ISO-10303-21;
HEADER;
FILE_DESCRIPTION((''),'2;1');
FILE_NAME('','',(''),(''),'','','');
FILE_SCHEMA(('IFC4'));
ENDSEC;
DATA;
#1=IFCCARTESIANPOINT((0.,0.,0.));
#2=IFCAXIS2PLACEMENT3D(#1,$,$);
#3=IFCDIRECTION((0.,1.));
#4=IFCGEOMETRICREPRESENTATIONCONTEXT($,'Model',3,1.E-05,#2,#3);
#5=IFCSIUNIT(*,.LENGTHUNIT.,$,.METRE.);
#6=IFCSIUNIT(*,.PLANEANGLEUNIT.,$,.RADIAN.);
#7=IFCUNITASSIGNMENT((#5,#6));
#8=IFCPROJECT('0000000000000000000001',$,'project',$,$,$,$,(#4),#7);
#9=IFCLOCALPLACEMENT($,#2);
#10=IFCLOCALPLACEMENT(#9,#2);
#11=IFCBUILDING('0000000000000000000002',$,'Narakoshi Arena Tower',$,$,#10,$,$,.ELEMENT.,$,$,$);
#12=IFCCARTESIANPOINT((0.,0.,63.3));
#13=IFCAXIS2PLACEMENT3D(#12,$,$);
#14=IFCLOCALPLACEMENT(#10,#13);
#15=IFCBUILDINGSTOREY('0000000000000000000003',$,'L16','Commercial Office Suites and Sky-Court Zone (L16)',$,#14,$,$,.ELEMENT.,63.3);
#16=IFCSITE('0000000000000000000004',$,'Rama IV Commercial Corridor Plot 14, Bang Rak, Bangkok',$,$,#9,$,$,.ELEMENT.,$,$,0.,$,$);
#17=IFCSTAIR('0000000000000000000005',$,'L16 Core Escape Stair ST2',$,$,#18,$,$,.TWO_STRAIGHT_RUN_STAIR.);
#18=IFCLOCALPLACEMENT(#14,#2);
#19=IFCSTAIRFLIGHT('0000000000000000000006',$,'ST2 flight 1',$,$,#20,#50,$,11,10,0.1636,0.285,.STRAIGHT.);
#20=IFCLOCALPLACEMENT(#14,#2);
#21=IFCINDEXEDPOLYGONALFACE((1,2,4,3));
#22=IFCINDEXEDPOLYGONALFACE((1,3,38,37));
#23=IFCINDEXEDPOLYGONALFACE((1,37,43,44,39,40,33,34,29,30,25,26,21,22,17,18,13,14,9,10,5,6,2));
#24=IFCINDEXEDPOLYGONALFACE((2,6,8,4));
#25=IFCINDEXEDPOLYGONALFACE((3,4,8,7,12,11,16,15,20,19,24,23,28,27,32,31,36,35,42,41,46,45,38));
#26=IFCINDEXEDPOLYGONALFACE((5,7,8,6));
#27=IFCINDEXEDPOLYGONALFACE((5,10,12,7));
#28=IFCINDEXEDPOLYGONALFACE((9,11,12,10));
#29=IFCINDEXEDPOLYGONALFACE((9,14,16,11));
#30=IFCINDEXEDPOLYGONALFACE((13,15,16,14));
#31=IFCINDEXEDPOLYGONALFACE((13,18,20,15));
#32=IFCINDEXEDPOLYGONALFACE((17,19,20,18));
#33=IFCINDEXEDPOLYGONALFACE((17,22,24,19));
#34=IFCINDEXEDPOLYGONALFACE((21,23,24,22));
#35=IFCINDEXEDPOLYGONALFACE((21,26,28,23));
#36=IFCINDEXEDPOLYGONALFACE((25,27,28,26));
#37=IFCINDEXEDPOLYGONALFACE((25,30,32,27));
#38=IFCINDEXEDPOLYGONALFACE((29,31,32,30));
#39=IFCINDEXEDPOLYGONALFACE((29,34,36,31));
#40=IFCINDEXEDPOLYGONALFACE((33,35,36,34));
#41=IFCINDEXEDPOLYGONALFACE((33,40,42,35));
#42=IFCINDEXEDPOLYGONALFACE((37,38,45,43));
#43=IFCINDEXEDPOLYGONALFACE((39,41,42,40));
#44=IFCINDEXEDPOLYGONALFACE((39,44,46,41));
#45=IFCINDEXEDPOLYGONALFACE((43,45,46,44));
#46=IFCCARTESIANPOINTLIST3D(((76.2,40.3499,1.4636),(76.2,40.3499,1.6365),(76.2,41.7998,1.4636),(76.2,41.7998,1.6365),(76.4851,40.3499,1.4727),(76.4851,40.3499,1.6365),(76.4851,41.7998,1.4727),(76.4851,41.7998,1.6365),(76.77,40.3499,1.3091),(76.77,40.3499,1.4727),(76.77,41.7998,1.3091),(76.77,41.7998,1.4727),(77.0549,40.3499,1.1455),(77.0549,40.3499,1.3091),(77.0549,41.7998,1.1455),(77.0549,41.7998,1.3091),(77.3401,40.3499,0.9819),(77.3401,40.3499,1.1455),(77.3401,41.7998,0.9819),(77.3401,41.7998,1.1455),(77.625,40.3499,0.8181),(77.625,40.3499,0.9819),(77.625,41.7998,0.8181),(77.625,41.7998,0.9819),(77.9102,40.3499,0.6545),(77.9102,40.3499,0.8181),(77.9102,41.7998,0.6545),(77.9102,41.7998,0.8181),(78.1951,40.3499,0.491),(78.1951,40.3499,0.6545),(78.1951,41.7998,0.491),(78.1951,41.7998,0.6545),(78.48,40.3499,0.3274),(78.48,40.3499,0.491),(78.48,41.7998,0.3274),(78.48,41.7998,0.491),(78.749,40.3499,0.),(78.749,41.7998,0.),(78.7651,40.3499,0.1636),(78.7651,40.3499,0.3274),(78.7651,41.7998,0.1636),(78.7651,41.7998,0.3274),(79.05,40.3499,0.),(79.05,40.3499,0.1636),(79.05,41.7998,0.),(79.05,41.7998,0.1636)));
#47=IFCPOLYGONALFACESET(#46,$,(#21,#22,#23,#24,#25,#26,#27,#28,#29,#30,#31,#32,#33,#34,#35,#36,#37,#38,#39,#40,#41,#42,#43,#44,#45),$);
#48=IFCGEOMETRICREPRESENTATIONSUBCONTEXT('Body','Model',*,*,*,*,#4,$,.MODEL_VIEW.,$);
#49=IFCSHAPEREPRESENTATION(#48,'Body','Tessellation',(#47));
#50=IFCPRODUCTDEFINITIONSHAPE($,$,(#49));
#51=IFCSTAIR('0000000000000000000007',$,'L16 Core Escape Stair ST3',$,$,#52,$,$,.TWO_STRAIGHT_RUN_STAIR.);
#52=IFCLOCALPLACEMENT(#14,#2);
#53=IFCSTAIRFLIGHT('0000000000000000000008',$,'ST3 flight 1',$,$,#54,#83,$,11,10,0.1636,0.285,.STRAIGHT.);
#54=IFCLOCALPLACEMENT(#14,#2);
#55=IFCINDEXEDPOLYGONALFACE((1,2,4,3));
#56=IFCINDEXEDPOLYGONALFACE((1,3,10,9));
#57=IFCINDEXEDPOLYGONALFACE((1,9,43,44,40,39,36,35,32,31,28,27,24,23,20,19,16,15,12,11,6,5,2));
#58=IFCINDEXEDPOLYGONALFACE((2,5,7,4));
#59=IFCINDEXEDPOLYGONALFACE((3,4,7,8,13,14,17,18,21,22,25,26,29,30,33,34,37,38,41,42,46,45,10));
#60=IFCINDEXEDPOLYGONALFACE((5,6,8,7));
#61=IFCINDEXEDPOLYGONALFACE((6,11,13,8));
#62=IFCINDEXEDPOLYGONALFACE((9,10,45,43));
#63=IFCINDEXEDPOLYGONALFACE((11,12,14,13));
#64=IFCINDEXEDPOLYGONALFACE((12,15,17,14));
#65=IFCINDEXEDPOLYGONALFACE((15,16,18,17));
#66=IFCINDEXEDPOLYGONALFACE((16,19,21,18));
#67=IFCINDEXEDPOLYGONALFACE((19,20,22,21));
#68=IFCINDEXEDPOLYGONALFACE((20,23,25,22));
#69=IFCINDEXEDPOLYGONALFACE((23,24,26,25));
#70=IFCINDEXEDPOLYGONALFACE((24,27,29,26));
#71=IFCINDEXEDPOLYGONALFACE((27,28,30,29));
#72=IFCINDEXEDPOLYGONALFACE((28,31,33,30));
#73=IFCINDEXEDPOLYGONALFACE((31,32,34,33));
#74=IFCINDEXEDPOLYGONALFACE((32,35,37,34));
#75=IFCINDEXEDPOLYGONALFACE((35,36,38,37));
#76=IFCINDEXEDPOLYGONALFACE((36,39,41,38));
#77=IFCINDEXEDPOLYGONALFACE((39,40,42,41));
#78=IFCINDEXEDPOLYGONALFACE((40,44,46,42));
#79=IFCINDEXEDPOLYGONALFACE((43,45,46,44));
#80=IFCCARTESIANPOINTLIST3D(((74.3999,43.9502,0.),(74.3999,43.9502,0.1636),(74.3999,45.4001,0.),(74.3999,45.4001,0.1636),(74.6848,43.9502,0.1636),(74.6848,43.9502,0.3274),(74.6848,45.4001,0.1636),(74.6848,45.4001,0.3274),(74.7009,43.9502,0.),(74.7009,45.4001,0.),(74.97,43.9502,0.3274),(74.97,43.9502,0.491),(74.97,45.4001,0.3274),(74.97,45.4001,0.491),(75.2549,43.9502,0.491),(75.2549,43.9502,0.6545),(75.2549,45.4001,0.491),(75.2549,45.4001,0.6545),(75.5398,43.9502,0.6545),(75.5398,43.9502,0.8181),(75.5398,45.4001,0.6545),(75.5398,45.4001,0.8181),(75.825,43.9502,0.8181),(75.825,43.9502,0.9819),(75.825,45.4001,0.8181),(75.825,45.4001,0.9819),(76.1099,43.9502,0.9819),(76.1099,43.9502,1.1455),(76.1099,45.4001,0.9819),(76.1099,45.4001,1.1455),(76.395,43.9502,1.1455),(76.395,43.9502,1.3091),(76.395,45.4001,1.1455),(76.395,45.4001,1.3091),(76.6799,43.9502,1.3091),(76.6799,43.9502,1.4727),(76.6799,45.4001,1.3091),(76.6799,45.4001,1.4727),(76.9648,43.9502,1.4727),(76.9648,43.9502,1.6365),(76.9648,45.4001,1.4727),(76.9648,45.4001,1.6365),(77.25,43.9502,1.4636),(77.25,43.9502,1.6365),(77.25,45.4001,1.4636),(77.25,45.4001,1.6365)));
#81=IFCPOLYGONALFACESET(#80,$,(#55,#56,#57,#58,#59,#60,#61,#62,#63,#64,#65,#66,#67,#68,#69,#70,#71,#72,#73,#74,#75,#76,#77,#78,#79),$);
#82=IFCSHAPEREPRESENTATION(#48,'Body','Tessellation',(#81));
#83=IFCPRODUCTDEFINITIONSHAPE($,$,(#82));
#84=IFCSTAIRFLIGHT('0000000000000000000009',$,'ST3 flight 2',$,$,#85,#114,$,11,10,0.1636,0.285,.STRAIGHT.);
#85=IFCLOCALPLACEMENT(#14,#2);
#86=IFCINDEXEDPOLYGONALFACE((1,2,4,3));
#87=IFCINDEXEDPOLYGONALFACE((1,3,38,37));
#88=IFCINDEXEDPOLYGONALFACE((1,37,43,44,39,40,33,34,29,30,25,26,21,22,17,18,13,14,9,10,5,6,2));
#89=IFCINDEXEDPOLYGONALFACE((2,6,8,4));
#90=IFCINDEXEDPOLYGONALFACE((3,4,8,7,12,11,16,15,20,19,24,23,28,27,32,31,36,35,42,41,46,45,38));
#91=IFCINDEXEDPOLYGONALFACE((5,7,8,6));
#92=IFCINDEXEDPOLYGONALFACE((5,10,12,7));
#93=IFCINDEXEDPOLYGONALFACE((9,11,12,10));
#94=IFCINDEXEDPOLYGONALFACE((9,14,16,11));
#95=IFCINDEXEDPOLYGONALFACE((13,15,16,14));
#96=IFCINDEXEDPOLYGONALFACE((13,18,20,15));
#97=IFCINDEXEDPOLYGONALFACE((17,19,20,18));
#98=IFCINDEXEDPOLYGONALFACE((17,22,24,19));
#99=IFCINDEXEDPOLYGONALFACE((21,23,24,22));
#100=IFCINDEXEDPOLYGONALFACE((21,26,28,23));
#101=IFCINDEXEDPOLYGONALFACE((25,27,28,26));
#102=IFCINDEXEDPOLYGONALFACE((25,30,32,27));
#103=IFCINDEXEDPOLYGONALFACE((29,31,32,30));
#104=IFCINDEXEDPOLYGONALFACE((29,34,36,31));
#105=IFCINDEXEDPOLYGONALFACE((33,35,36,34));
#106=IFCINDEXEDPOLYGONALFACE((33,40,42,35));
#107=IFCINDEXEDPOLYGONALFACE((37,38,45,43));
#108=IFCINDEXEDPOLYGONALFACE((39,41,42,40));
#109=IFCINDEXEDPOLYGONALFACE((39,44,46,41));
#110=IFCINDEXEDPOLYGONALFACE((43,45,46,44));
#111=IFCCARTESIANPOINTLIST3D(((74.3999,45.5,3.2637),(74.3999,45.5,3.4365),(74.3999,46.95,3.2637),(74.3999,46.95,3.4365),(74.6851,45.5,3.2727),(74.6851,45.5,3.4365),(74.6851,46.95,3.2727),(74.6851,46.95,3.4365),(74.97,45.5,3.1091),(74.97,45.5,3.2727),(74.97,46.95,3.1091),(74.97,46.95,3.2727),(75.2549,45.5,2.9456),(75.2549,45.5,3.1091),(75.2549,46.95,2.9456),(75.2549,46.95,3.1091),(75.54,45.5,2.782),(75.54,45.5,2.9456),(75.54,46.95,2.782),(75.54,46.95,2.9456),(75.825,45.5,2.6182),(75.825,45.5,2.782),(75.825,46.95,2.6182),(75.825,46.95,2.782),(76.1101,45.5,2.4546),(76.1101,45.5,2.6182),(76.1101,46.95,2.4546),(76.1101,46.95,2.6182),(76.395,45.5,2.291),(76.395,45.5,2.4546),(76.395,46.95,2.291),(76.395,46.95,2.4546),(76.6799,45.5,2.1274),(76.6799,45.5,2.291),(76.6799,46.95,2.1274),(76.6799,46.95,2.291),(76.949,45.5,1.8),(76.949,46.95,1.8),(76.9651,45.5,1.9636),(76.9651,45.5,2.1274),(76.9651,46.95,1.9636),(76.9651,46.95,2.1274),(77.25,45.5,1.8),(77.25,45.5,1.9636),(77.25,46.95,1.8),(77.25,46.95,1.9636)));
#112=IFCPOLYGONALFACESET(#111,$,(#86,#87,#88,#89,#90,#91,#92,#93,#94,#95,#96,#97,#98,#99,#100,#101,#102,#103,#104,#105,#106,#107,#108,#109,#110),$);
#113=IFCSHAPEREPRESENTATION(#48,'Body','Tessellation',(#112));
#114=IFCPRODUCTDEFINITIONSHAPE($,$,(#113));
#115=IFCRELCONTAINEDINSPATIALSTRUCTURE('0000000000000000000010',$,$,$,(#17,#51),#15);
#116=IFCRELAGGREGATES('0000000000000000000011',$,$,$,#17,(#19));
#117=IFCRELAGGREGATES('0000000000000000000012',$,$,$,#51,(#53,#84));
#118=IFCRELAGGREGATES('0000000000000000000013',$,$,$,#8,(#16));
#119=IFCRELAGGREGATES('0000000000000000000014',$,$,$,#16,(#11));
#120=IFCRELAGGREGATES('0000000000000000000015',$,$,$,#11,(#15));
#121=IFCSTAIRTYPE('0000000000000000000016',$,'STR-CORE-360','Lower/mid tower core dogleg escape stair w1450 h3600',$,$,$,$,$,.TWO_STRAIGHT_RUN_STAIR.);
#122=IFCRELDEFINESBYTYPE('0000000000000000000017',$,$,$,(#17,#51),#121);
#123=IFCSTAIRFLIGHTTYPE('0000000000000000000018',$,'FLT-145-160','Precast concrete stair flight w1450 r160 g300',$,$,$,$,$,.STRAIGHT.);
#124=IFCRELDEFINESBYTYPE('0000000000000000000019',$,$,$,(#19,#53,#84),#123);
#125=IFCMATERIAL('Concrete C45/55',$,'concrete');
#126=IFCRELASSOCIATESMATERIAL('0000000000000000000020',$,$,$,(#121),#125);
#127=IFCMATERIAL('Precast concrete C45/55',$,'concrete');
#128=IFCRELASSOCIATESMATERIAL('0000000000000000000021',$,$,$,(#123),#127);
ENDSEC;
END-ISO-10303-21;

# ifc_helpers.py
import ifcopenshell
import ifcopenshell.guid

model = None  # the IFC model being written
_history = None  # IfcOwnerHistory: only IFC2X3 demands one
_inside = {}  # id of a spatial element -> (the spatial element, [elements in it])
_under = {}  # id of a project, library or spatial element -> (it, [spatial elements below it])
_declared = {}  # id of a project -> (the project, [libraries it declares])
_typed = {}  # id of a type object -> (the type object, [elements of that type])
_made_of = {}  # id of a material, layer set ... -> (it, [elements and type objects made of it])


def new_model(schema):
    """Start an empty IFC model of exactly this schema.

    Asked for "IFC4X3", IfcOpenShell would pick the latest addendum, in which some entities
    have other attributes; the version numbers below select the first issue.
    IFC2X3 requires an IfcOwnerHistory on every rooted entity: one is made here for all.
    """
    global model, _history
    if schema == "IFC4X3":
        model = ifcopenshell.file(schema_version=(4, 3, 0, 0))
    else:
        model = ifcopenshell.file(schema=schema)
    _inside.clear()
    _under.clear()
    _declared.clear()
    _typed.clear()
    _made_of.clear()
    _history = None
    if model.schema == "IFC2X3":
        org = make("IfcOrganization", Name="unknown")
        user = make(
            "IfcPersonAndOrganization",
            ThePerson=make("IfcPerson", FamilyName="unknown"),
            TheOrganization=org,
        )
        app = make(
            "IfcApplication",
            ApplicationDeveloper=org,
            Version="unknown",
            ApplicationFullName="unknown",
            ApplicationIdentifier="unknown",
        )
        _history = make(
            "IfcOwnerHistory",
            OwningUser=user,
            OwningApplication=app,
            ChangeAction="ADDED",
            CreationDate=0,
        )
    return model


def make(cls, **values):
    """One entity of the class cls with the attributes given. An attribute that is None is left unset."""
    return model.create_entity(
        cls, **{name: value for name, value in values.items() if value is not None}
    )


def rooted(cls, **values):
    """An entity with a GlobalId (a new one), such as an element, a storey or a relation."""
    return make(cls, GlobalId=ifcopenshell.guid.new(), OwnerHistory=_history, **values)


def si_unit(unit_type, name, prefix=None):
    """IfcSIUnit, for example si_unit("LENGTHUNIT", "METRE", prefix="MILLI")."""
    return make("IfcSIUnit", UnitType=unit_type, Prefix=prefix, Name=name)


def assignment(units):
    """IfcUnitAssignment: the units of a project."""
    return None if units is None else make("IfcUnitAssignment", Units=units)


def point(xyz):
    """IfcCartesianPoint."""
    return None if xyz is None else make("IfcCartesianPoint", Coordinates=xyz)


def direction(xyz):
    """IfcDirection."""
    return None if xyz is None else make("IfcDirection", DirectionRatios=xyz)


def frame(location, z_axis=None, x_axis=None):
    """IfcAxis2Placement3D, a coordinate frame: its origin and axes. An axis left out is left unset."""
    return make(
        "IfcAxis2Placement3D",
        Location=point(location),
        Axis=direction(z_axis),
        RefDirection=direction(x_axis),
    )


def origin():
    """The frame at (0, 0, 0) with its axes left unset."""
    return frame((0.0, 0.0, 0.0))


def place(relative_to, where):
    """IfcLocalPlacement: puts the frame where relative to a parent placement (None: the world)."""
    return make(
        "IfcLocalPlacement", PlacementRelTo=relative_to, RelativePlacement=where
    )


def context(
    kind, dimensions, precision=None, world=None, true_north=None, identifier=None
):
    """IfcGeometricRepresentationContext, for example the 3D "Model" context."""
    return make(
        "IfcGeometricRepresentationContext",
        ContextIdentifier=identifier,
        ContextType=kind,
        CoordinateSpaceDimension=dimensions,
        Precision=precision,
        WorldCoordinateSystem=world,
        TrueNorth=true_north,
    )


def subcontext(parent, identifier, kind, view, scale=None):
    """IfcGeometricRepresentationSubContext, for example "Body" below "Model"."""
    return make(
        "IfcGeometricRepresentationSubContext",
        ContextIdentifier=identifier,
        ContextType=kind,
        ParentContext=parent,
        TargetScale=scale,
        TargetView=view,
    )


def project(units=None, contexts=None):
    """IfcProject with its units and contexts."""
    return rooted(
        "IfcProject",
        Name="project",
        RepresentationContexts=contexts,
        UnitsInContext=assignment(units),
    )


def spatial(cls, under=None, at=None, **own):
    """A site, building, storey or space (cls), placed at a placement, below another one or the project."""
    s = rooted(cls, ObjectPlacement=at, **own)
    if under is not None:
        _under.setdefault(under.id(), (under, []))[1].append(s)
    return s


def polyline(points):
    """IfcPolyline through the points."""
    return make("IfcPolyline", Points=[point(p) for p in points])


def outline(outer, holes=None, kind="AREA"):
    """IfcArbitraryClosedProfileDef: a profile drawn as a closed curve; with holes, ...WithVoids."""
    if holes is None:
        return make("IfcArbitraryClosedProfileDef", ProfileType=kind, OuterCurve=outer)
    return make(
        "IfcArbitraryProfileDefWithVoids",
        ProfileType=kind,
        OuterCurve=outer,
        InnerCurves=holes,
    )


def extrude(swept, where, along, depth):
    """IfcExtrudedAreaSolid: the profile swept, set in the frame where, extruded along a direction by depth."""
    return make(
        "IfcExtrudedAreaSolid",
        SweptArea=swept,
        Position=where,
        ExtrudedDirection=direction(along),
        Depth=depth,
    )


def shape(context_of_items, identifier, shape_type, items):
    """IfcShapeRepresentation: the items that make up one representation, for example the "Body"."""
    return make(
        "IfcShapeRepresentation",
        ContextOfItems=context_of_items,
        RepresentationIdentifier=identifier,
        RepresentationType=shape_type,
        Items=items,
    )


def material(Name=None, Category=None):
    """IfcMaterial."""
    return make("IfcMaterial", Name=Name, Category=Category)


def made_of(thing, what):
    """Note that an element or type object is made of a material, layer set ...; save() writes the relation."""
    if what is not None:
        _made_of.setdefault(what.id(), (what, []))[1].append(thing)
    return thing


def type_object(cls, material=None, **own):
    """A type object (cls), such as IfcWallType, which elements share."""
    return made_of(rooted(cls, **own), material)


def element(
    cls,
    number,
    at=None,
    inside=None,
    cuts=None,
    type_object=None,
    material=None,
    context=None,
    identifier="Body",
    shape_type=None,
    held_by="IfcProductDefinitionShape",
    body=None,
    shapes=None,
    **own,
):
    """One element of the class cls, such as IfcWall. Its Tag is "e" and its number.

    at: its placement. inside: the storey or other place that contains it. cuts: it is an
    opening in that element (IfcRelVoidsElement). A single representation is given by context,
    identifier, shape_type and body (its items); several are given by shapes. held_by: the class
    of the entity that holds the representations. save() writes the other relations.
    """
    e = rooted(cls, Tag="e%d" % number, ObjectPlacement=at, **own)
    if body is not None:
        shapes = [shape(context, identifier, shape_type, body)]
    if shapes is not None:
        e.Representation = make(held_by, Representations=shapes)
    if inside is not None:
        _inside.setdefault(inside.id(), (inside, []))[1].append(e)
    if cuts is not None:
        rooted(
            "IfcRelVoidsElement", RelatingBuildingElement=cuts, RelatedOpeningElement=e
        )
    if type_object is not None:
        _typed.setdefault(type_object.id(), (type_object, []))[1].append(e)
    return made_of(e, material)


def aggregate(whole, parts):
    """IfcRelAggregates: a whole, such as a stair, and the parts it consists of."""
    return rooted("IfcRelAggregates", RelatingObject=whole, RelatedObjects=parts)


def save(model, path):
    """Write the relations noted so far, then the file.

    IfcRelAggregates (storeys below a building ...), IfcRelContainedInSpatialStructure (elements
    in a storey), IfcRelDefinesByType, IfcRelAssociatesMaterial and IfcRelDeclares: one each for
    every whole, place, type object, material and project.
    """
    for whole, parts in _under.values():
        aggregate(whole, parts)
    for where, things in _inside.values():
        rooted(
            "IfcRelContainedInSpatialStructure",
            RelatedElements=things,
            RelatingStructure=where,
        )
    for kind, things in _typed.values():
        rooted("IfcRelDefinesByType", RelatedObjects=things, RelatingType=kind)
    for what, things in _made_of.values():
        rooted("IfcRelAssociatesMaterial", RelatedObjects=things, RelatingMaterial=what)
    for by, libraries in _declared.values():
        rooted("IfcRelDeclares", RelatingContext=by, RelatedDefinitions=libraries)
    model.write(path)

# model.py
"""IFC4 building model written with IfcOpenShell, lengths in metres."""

from ifc_helpers import new_model, si_unit, direction, frame, origin, place, context, subcontext, project, spatial, polyline, outline, extrude, material, type_object, element, aggregate, save


model = new_model("IFC4")

# Units and contexts
model_context = context("Model", 3, precision=1e-05, world=origin(), true_north=direction((0.0, 1.0)))
body_context = subcontext(model_context, "Body", "Model", "MODEL_VIEW")
ifc_project = project(units=[si_unit("LENGTHUNIT", "METRE"), si_unit("PLANEANGLEUNIT", "RADIAN")], contexts=[model_context])

# Site, building, storey
site_placement = place(None, origin())
site = spatial("IfcSite", under=ifc_project, at=site_placement, Name="Rama IV Commercial Corridor Plot 14, Bang Rak, Bangkok", CompositionType="ELEMENT", RefElevation=0.0)
building_placement = place(site_placement, origin())
building = spatial("IfcBuilding", under=site, at=building_placement, Name="Narakoshi Arena Tower", CompositionType="ELEMENT")
storey_placement = place(building_placement, frame((0.0, 0.0, 63.3)))
storey = spatial("IfcBuildingStorey", under=building, at=storey_placement, Name="L16", Description="Commercial Office Suites and Sky-Court Zone (L16)", CompositionType="ELEMENT", Elevation=63.3)

# Stair, stair flight
ifc_material_1 = material(Name="Concrete C45/55", Category="concrete")
stair_type = type_object("IfcStairType", Name="STR-CORE-360", Description="Lower/mid tower core dogleg escape stair w1450 h3600", PredefinedType="TWO_STRAIGHT_RUN_STAIR", material=ifc_material_1)
stair_1_placement = place(storey_placement, origin())
stair_1 = element("IfcStair", 1, at=stair_1_placement, inside=storey, type_object=stair_type, Name="L16 Core Escape Stair ST2", PredefinedType="TWO_STRAIGHT_RUN_STAIR")
ifc_material_2 = material(Name="Precast concrete C45/55", Category="concrete")
stair_flight_type = type_object("IfcStairFlightType", Name="FLT-145-160", Description="Precast concrete stair flight w1450 r160 g300", PredefinedType="STRAIGHT", material=ifc_material_2)
stair_flight_1_placement = place(storey_placement, frame((79.05, 41.075, 0.0), z_axis=(0.0, 0.0, 1.0), x_axis=(-1.0, 0.0, 0.0)))
stair_flight_1 = element("IfcStairFlight", 2, at=stair_flight_1_placement, type_object=stair_flight_type, Name="ST2 flight 1", NumberOfRisers=11, NumberOfTreads=10, PredefinedType="STRAIGHT", RiserHeight=0.1636, TreadLength=0.285, context=body_context, shape_type="SweptSolid", body=[
    extrude(outline(polyline([(0.0, 0.0), (0.0, 0.1636), (0.2849, 0.1636), (0.2849, 0.3274), (0.5701, 0.3274), (0.5701, 0.491), (0.855, 0.491), (0.855, 0.6545), (1.1399, 0.6545), (1.1399, 0.8181), (1.425, 0.8181), (1.425, 0.9819), (1.71, 0.9819), (1.71, 1.1455), (1.9951, 1.1455), (1.9951, 1.3091), (2.28, 1.3091), (2.28, 1.4727), (2.5649, 1.4727), (2.5649, 1.6365), (2.8501, 1.6365), (2.8501, 1.8), (2.8501, 1.4636), (0.301, 0.0), (0.0, 0.0)])), frame((0.0, 0.7251, 0.0), z_axis=(0.0, -1.0, 0.0), x_axis=(1.0, 0.0, 0.0)), (0.0, 0.0, 1.0), 1.45),
])
aggregate(stair_1, [stair_flight_1])

# Stair, stair flights
stair_2_placement = place(storey_placement, origin())
stair_2 = element("IfcStair", 3, at=stair_2_placement, inside=storey, type_object=stair_type, Name="L16 Core Escape Stair ST3", PredefinedType="TWO_STRAIGHT_RUN_STAIR")
stair_flight_2_placement = place(storey_placement, frame((74.3999, 44.675, 0.0), z_axis=(0.0, 0.0, 1.0), x_axis=(1.0, 0.0, 0.0)))
stair_flight_2 = element("IfcStairFlight", 4, at=stair_flight_2_placement, type_object=stair_flight_type, Name="ST3 flight 1", NumberOfRisers=11, NumberOfTreads=10, PredefinedType="STRAIGHT", RiserHeight=0.1636, TreadLength=0.285, context=body_context, shape_type="SweptSolid", body=[
    extrude(outline(polyline([(0.0, 0.0), (0.0, 0.1636), (0.2849, 0.1636), (0.2849, 0.3274), (0.5701, 0.3274), (0.5701, 0.491), (0.855, 0.491), (0.855, 0.6545), (1.1399, 0.6545), (1.1399, 0.8181), (1.425, 0.8181), (1.425, 0.9819), (1.71, 0.9819), (1.71, 1.1455), (1.9951, 1.1455), (1.9951, 1.3091), (2.28, 1.3091), (2.28, 1.4727), (2.5649, 1.4727), (2.5649, 1.6365), (2.8501, 1.6365), (2.8501, 1.8), (2.8501, 1.4636), (0.301, 0.0), (0.0, 0.0)])), frame((0.0, 0.7251, 0.0), z_axis=(0.0, -1.0, 0.0), x_axis=(1.0, 0.0, 0.0)), (0.0, 0.0, 1.0), 1.45),
])
stair_flight_3_placement = place(storey_placement, frame((77.25, 46.2251, 1.8), z_axis=(0.0, 0.0, 1.0), x_axis=(-1.0, 0.0, 0.0)))
stair_flight_3 = element("IfcStairFlight", 5, at=stair_flight_3_placement, type_object=stair_flight_type, Name="ST3 flight 2", NumberOfRisers=11, NumberOfTreads=10, PredefinedType="STRAIGHT", RiserHeight=0.1636, TreadLength=0.285, context=body_context, shape_type="SweptSolid", body=[
    extrude(outline(polyline([(0.0, 0.0), (0.0, 0.1636), (0.2849, 0.1636), (0.2849, 0.3274), (0.5701, 0.3274), (0.5701, 0.491), (0.855, 0.491), (0.855, 0.6545), (1.1399, 0.6545), (1.1399, 0.8181), (1.425, 0.8181), (1.425, 0.9819), (1.71, 0.9819), (1.71, 1.1455), (1.9951, 1.1455), (1.9951, 1.3091), (2.28, 1.3091), (2.28, 1.4727), (2.5649, 1.4727), (2.5649, 1.6365), (2.8501, 1.6365), (2.8501, 1.8), (2.8501, 1.4636), (0.301, 0.0), (0.0, 0.0)])), frame((0.0, 0.7251, 0.0), z_axis=(0.0, -1.0, 0.0), x_axis=(1.0, 0.0, 0.0)), (0.0, 0.0, 1.0), 1.45),
])
aggregate(stair_2, [stair_flight_2, stair_flight_3])

save(model, "model.ifc")
